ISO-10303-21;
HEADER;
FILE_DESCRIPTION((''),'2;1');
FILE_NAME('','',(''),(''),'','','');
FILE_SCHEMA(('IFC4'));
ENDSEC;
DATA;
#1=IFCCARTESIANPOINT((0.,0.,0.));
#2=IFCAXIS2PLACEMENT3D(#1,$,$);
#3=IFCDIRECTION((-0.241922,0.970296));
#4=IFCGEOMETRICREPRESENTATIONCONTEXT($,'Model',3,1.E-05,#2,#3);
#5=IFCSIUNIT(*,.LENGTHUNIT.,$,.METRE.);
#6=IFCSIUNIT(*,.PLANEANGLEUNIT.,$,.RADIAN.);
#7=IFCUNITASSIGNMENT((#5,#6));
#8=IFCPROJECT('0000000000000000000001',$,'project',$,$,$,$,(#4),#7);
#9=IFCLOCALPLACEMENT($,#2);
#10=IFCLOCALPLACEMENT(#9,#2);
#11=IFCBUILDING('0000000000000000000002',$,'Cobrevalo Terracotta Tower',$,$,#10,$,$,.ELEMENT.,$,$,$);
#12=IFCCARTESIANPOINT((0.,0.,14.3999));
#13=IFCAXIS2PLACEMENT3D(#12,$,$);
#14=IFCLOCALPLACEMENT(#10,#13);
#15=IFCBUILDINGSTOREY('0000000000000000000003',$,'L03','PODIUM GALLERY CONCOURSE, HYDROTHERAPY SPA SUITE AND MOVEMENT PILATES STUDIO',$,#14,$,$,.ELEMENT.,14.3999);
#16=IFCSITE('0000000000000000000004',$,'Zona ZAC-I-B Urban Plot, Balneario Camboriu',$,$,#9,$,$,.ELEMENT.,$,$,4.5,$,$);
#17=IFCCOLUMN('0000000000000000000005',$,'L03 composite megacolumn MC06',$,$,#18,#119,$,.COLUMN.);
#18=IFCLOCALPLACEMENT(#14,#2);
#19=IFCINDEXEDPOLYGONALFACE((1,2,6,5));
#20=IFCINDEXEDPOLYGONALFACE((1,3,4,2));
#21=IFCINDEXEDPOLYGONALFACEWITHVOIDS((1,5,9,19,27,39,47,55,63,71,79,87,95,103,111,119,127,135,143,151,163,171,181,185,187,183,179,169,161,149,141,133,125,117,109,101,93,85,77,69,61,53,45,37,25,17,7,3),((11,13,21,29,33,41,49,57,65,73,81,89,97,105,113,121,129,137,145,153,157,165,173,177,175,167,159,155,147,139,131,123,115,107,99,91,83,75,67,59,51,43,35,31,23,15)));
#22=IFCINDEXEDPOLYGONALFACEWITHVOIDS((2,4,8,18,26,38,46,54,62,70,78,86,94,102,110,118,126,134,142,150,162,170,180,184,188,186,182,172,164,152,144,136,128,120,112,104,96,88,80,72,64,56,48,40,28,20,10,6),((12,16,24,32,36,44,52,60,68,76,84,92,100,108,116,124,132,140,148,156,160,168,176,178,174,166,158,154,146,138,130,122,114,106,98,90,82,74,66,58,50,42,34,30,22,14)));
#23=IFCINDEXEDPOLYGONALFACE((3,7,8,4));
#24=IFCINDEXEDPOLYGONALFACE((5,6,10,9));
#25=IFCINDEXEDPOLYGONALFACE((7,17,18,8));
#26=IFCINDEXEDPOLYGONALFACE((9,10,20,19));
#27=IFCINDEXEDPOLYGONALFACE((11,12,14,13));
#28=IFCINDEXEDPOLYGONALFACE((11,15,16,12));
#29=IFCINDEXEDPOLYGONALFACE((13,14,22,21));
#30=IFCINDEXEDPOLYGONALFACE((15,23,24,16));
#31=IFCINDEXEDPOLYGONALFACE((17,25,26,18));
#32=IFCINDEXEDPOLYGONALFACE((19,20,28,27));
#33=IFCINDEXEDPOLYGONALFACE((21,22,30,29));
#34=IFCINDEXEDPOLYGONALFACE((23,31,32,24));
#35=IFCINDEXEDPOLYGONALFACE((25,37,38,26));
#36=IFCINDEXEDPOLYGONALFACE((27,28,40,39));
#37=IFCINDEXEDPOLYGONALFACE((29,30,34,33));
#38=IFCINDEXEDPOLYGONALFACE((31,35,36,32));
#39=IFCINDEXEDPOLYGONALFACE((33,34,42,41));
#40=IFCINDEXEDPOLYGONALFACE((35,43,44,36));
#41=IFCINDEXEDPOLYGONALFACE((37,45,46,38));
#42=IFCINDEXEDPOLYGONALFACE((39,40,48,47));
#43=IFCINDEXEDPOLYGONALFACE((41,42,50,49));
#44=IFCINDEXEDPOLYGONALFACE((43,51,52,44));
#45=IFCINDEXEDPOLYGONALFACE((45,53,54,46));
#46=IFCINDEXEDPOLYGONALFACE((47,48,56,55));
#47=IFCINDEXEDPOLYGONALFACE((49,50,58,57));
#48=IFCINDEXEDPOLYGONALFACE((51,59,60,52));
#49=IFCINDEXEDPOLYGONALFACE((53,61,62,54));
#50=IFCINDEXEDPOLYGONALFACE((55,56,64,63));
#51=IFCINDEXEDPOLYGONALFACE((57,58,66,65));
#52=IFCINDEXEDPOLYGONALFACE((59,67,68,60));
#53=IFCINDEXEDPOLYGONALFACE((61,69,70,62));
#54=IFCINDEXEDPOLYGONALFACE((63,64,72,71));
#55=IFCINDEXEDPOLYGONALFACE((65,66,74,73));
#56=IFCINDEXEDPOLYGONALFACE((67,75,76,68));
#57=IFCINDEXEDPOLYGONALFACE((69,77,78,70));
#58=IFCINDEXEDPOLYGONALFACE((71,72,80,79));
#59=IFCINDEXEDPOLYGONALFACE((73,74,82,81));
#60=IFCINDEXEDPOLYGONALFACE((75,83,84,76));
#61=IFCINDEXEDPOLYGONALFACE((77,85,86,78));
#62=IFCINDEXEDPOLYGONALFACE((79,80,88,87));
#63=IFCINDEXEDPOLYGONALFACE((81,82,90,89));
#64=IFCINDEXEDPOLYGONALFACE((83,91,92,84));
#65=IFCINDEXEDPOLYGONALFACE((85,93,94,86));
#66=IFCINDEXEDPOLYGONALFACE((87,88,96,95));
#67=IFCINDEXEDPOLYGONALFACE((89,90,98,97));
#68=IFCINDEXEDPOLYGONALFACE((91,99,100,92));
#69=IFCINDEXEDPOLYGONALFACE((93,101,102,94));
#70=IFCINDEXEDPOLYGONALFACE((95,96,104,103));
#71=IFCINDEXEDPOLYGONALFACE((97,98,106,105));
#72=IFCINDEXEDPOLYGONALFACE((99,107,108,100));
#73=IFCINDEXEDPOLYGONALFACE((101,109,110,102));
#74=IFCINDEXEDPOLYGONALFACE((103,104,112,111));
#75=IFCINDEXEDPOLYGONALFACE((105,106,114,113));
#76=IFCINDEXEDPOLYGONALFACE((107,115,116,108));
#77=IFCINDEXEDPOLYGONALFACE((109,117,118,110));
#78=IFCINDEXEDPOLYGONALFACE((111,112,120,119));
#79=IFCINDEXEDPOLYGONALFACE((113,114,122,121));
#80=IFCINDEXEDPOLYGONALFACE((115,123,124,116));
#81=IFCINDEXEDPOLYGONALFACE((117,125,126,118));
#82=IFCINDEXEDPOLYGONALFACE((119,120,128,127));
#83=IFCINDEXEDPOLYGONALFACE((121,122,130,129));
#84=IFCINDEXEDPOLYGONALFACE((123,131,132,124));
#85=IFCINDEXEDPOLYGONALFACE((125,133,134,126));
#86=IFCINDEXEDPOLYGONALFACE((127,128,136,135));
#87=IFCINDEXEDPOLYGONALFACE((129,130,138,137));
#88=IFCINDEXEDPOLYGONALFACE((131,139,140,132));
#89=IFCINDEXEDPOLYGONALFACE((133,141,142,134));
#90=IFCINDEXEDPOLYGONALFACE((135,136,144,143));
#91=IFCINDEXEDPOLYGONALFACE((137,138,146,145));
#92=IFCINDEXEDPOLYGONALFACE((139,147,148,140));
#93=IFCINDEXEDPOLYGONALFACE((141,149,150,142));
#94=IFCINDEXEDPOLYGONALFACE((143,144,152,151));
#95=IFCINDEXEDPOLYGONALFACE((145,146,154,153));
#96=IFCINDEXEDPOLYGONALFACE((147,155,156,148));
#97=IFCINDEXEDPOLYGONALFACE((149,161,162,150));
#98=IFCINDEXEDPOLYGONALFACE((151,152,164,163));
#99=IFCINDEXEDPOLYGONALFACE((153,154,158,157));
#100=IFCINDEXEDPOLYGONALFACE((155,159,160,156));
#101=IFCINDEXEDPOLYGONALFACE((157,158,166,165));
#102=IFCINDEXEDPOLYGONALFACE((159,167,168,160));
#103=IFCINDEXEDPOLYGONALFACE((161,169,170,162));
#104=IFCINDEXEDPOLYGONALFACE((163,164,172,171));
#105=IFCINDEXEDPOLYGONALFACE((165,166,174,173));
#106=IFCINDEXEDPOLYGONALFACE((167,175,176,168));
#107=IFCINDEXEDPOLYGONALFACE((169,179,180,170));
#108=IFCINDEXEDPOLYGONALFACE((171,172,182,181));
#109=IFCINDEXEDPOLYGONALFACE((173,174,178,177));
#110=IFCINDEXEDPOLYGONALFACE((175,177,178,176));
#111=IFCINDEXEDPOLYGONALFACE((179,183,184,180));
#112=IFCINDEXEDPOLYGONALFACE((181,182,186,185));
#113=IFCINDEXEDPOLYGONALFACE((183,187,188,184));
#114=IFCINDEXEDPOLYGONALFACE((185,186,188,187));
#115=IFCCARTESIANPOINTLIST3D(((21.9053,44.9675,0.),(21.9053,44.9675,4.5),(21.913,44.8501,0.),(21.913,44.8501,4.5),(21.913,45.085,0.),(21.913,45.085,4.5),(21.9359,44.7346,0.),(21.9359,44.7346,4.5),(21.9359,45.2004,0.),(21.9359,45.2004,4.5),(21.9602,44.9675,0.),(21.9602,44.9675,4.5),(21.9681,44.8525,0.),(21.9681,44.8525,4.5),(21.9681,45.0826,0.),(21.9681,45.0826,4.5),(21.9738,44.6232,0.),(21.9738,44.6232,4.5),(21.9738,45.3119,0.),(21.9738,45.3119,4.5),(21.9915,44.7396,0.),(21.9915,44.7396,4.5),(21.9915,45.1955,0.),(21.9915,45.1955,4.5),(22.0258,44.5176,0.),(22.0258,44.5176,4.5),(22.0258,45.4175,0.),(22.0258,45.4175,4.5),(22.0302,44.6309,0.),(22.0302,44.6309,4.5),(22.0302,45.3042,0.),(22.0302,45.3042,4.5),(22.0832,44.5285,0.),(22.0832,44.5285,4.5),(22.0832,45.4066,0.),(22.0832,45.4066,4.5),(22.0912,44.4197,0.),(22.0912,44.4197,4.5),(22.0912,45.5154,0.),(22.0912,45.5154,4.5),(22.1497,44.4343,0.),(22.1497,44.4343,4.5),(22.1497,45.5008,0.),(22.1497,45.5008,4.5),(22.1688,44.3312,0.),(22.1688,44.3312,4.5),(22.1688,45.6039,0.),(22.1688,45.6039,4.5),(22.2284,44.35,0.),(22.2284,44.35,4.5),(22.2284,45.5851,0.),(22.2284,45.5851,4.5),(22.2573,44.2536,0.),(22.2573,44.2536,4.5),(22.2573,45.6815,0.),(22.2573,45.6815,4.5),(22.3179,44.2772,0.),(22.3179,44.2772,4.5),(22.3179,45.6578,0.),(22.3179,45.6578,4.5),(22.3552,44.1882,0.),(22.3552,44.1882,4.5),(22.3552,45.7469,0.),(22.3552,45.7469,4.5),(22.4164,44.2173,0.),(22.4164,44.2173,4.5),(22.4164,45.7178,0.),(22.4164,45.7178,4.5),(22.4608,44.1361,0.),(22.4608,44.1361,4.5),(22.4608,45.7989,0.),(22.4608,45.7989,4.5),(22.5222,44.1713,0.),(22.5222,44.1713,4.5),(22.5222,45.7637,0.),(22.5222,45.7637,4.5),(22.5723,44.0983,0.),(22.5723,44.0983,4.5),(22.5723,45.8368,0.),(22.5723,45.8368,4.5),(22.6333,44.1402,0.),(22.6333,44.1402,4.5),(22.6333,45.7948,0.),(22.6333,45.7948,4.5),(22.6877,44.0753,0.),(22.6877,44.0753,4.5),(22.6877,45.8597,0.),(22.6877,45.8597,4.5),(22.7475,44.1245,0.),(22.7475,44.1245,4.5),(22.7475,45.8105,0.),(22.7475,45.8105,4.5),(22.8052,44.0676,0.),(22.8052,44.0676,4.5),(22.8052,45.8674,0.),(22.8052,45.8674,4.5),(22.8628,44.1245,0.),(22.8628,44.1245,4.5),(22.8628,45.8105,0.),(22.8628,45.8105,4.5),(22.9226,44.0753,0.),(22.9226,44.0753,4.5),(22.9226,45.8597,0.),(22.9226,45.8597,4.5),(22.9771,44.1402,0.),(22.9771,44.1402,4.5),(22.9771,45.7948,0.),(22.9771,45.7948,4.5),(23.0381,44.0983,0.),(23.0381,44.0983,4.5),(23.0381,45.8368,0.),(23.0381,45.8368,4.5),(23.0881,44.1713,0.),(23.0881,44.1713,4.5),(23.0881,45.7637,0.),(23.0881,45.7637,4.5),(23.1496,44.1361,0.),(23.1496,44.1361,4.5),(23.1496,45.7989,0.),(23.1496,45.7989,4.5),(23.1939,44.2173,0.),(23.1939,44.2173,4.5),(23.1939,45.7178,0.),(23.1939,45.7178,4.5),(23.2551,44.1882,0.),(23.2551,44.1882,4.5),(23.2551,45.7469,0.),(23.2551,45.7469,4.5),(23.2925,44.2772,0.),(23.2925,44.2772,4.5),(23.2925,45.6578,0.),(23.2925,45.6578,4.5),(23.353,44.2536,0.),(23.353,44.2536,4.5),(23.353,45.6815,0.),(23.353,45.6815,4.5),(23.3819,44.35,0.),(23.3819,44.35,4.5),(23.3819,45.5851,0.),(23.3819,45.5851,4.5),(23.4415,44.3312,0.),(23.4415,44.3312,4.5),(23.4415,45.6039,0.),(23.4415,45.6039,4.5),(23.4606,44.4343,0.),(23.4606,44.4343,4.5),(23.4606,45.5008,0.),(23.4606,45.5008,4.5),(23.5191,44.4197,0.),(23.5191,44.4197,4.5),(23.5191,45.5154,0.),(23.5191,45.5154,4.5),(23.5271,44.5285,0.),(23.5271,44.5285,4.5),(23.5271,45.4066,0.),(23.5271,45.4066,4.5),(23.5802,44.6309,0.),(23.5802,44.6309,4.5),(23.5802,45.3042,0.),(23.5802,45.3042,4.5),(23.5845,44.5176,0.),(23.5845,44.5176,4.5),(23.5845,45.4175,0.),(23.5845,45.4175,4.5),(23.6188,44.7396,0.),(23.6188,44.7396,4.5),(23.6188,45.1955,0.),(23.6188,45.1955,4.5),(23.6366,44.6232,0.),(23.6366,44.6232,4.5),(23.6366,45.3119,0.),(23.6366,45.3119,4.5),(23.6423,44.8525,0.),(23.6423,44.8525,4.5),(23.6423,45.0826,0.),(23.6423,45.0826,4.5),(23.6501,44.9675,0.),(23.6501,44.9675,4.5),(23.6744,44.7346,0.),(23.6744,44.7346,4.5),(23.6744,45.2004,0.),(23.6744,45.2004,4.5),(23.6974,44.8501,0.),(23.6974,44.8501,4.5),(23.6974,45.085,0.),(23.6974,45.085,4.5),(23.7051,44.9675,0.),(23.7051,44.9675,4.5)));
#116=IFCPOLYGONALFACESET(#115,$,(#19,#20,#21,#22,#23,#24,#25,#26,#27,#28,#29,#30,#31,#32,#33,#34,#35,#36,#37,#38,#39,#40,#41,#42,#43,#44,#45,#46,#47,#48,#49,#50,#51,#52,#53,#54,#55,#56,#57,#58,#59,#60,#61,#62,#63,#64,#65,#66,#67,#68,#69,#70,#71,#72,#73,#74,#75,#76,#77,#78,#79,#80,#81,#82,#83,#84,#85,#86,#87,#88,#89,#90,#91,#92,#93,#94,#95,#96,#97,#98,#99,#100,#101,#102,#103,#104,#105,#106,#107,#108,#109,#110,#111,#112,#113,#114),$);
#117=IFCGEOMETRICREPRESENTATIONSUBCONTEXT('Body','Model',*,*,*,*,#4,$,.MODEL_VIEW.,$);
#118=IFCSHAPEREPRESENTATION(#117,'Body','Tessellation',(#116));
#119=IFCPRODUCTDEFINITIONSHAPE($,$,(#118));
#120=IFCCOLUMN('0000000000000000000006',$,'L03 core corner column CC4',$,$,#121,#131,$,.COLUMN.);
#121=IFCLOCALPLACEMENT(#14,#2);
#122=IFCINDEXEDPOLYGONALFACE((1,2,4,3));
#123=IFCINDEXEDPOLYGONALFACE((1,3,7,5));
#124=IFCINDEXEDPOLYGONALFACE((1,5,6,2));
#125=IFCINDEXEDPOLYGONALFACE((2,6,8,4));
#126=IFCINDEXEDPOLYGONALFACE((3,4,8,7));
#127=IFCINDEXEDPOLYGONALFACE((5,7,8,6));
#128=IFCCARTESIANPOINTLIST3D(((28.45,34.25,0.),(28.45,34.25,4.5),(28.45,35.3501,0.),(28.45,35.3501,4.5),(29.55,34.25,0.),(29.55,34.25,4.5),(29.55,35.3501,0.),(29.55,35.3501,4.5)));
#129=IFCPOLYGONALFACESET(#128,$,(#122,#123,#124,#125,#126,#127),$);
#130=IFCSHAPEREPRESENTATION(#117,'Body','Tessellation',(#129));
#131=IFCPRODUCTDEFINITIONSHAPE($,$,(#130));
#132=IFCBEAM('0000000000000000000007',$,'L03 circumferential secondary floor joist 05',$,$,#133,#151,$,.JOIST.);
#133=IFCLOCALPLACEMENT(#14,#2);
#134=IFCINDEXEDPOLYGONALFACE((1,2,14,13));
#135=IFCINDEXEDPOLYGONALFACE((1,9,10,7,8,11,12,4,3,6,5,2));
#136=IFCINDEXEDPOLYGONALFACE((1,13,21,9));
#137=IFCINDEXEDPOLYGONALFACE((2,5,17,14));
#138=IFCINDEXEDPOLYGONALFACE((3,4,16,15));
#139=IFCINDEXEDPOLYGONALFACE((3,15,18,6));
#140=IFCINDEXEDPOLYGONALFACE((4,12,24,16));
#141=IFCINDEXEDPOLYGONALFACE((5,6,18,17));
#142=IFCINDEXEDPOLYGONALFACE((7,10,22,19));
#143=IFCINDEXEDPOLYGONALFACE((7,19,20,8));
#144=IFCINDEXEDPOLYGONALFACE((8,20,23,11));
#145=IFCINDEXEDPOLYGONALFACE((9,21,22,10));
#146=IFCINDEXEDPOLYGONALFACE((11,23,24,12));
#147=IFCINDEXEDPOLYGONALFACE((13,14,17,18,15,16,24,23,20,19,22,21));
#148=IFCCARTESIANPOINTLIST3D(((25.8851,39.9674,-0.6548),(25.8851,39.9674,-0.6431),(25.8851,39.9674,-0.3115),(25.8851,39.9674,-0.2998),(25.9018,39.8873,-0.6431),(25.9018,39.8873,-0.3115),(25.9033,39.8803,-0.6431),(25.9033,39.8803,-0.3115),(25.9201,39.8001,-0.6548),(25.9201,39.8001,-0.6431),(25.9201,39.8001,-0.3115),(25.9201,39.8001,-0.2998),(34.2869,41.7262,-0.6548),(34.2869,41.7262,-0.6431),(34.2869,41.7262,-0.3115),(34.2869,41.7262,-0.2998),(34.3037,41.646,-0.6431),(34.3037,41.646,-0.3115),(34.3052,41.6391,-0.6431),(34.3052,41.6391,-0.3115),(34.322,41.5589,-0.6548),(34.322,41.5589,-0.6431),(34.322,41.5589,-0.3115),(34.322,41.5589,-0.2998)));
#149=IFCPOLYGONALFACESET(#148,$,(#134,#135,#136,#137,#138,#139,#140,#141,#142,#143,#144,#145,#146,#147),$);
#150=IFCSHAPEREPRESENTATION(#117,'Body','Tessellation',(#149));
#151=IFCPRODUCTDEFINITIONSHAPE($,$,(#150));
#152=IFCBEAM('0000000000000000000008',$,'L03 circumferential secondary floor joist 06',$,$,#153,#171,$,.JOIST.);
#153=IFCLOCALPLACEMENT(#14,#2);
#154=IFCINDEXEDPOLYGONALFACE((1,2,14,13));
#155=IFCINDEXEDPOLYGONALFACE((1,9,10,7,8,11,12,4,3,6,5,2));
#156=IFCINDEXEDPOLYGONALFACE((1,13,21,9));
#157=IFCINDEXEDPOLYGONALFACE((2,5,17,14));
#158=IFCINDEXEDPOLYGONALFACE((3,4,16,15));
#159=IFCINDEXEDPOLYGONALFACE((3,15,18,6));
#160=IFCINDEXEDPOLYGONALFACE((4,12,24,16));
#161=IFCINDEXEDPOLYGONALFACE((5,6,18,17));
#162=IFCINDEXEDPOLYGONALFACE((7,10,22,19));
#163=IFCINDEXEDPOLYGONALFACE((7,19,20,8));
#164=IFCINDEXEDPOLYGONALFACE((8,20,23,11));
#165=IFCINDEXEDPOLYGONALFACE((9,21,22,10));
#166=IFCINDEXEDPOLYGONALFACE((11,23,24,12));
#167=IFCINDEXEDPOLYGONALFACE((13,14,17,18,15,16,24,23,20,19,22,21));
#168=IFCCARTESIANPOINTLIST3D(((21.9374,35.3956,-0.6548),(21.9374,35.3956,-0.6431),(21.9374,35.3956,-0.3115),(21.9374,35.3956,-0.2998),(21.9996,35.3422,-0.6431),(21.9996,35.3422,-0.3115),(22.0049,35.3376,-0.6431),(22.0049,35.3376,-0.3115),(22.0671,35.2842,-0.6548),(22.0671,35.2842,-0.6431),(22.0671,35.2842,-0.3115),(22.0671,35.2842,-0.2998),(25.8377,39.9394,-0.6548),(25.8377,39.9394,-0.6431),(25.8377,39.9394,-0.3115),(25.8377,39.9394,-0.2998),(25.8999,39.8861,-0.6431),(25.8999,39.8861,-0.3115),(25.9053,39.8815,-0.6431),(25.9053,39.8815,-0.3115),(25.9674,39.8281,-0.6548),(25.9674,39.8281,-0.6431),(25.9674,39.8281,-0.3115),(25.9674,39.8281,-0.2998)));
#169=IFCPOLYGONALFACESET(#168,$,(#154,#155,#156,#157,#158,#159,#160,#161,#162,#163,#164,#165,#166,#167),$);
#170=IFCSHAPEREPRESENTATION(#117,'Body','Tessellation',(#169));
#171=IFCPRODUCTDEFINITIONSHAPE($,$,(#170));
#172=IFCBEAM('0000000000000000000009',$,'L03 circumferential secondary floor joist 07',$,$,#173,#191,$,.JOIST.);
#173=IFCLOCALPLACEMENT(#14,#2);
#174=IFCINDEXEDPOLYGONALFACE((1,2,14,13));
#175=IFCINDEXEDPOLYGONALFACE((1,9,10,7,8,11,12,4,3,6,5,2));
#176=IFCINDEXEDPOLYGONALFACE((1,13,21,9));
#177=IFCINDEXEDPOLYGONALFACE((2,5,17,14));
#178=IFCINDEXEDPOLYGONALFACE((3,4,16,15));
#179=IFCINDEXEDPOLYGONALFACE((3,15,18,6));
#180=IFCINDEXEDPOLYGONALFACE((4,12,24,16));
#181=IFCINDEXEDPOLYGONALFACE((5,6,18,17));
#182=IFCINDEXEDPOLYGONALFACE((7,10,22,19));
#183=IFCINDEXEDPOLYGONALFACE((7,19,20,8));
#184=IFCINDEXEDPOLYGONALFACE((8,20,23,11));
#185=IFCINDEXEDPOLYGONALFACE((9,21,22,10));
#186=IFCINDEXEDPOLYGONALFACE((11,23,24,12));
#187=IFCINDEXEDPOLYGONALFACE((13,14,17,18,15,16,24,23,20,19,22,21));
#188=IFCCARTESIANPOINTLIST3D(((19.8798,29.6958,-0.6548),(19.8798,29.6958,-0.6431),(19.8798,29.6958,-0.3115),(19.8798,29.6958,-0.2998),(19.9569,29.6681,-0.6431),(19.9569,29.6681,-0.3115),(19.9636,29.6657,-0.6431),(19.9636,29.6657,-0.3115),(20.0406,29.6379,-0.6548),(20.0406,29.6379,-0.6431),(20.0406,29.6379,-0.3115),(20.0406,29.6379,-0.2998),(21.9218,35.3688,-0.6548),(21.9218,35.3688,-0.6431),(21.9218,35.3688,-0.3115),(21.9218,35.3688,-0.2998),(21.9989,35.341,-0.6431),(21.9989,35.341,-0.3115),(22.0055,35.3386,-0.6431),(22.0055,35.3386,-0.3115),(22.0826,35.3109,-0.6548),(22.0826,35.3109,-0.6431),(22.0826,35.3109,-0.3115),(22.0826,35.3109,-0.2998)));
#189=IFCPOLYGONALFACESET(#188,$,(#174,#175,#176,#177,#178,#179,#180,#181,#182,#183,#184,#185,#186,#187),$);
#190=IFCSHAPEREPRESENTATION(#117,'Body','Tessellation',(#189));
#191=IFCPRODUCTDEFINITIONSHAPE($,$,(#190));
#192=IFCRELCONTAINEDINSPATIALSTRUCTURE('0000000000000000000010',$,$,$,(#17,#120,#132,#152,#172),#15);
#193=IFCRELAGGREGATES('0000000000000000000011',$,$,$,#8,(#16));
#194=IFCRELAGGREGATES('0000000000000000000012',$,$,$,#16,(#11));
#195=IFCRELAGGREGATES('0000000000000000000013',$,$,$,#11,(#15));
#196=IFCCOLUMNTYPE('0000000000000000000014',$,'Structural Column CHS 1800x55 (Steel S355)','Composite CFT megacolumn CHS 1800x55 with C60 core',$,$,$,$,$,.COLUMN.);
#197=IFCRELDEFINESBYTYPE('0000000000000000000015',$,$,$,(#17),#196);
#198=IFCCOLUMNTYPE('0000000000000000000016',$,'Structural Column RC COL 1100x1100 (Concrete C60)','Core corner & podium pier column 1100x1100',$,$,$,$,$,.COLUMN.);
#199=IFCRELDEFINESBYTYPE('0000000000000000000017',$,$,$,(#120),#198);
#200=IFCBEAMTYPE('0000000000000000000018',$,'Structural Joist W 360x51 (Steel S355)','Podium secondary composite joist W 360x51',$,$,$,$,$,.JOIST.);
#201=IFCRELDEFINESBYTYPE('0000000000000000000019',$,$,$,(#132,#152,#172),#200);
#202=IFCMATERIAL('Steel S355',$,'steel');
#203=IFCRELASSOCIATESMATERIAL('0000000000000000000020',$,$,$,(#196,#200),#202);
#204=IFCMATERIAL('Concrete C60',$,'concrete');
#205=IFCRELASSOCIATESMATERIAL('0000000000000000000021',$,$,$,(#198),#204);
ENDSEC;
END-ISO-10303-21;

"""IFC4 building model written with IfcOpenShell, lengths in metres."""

from ifc_helpers import new_model, si_unit, direction, frame, origin, origin_2d, place, context, subcontext, project, spatial, rectangle, hollow_circle, i_section, extrude, material, material_profile, profile_set, type_object, element, save


model = new_model("IFC4")

# Units and contexts
model_context = context("Model", 3, precision=1e-05, world=origin(), true_north=direction((-0.241922, 0.970296)))
body_context = subcontext(model_context, "Body", "Model", "MODEL_VIEW")
ifc_project = project(units=[si_unit("LENGTHUNIT", "METRE"), si_unit("PLANEANGLEUNIT", "RADIAN")], contexts=[model_context])

# Site, building, storey
site_placement = place(None, origin())
site = spatial("IfcSite", under=ifc_project, at=site_placement, Name="Zona ZAC-I-B Urban Plot, Balneario Camboriu", CompositionType="ELEMENT", RefElevation=4.5)
building_placement = place(site_placement, origin())
building = spatial("IfcBuilding", under=site, at=building_placement, Name="Cobrevalo Terracotta Tower", CompositionType="ELEMENT")
storey_placement = place(building_placement, frame((0.0, 0.0, 14.3999)))
storey = spatial("IfcBuildingStorey", under=building, at=storey_placement, Name="L03", Description="PODIUM GALLERY CONCOURSE, HYDROTHERAPY SPA SUITE AND MOVEMENT PILATES STUDIO", CompositionType="ELEMENT", Elevation=14.3999)

# Columns
ifc_material_1 = material(Name="Steel S355", Category="steel")
ifc_material_profile_1 = material_profile(ifc_material_1, hollow_circle(Radius=0.8999, WallThickness=0.0549, at=origin_2d()), Name="CHS 1800x55")
ifc_profile_set_1 = profile_set([ifc_material_profile_1], Name="Steel S355")
column_type_1 = type_object("IfcColumnType", Name="Structural Column CHS 1800x55 (Steel S355)", Description="Composite CFT megacolumn CHS 1800x55 with C60 core", PredefinedType="COLUMN", material=ifc_profile_set_1)
column_1_placement = place(storey_placement, frame((22.8052, 44.9675, 0.0), z_axis=(0.0, 0.0, 1.0), x_axis=(1.0, 0.0, 0.0)))
element("IfcColumn", 1, at=column_1_placement, inside=storey, type_object=column_type_1, Name="L03 composite megacolumn MC06", PredefinedType="COLUMN", context=body_context, shape_type="SweptSolid", body=[
    extrude(hollow_circle(Radius=0.8999, WallThickness=0.0549, at=origin_2d()), origin(), (0.0, 0.0, 1.0), 4.5),
])
ifc_material_2 = material(Name="Concrete C60", Category="concrete")
ifc_material_profile_2 = material_profile(ifc_material_2, rectangle(XDim=1.1001, YDim=1.1001, at=origin_2d()), Name="RC COL 1100x1100")
ifc_profile_set_2 = profile_set([ifc_material_profile_2], Name="Concrete C60")
column_type_2 = type_object("IfcColumnType", Name="Structural Column RC COL 1100x1100 (Concrete C60)", Description="Core corner & podium pier column 1100x1100", PredefinedType="COLUMN", material=ifc_profile_set_2)
column_2_placement = place(storey_placement, frame((29.0, 34.8, 0.0), z_axis=(0.0, 0.0, 1.0), x_axis=(1.0, 0.0, 0.0)))
element("IfcColumn", 2, at=column_2_placement, inside=storey, type_object=column_type_2, Name="L03 core corner column CC4", PredefinedType="COLUMN", context=body_context, shape_type="SweptSolid", body=[
    extrude(rectangle(XDim=1.1001, YDim=1.1001, at=origin_2d()), origin(), (0.0, 0.0, 1.0), 4.5),
])

# Beams
ifc_material_profile_3 = material_profile(ifc_material_1, i_section(OverallWidth=0.1709, OverallDepth=0.355, WebThickness=0.0071, FlangeThickness=0.0117, at=origin_2d()), Name="W 360x51")
ifc_profile_set_3 = profile_set([ifc_material_profile_3], Name="Steel S355")
beam_type = type_object("IfcBeamType", Name="Structural Joist W 360x51 (Steel S355)", Description="Podium secondary composite joist W 360x51", PredefinedType="JOIST", material=ifc_profile_set_3)
beam_1_placement = place(storey_placement, frame((34.3044, 41.6426, -0.4773), z_axis=(-0.978785, -0.204892, 0.0), x_axis=(0.204892, -0.978785, 0.0)))
element("IfcBeam", 3, at=beam_1_placement, inside=storey, type_object=beam_type, Name="L03 circumferential secondary floor joist 05", PredefinedType="JOIST", context=body_context, shape_type="SweptSolid", body=[
    extrude(i_section(OverallWidth=0.1709, OverallDepth=0.355, WebThickness=0.0071, FlangeThickness=0.0117, at=origin_2d()), origin(), (0.0, 0.0, 1.0), 8.584),
])
beam_2_placement = place(storey_placement, frame((25.9026, 39.8838, -0.4773), z_axis=(-0.651328, -0.758796, 0.0), x_axis=(0.758796, -0.651328, 0.0)))
element("IfcBeam", 4, at=beam_2_placement, inside=storey, type_object=beam_type, Name="L03 circumferential secondary floor joist 06", PredefinedType="JOIST", context=body_context, shape_type="SweptSolid", body=[
    extrude(i_section(OverallWidth=0.1709, OverallDepth=0.355, WebThickness=0.0071, FlangeThickness=0.0117, at=origin_2d()), origin(), (0.0, 0.0, 1.0), 5.9883),
])
beam_3_placement = place(storey_placement, frame((22.0022, 35.3398, -0.4773), z_axis=(-0.338672, -0.940904, 0.0), x_axis=(0.940904, -0.338672, 0.0)))
element("IfcBeam", 5, at=beam_3_placement, inside=storey, type_object=beam_type, Name="L03 circumferential secondary floor joist 07", PredefinedType="JOIST", context=body_context, shape_type="SweptSolid", body=[
    extrude(i_section(OverallWidth=0.1709, OverallDepth=0.355, WebThickness=0.0071, FlangeThickness=0.0117, at=origin_2d()), origin(), (0.0, 0.0, 1.0), 6.0293),
])

save(model, "model.ifc")
